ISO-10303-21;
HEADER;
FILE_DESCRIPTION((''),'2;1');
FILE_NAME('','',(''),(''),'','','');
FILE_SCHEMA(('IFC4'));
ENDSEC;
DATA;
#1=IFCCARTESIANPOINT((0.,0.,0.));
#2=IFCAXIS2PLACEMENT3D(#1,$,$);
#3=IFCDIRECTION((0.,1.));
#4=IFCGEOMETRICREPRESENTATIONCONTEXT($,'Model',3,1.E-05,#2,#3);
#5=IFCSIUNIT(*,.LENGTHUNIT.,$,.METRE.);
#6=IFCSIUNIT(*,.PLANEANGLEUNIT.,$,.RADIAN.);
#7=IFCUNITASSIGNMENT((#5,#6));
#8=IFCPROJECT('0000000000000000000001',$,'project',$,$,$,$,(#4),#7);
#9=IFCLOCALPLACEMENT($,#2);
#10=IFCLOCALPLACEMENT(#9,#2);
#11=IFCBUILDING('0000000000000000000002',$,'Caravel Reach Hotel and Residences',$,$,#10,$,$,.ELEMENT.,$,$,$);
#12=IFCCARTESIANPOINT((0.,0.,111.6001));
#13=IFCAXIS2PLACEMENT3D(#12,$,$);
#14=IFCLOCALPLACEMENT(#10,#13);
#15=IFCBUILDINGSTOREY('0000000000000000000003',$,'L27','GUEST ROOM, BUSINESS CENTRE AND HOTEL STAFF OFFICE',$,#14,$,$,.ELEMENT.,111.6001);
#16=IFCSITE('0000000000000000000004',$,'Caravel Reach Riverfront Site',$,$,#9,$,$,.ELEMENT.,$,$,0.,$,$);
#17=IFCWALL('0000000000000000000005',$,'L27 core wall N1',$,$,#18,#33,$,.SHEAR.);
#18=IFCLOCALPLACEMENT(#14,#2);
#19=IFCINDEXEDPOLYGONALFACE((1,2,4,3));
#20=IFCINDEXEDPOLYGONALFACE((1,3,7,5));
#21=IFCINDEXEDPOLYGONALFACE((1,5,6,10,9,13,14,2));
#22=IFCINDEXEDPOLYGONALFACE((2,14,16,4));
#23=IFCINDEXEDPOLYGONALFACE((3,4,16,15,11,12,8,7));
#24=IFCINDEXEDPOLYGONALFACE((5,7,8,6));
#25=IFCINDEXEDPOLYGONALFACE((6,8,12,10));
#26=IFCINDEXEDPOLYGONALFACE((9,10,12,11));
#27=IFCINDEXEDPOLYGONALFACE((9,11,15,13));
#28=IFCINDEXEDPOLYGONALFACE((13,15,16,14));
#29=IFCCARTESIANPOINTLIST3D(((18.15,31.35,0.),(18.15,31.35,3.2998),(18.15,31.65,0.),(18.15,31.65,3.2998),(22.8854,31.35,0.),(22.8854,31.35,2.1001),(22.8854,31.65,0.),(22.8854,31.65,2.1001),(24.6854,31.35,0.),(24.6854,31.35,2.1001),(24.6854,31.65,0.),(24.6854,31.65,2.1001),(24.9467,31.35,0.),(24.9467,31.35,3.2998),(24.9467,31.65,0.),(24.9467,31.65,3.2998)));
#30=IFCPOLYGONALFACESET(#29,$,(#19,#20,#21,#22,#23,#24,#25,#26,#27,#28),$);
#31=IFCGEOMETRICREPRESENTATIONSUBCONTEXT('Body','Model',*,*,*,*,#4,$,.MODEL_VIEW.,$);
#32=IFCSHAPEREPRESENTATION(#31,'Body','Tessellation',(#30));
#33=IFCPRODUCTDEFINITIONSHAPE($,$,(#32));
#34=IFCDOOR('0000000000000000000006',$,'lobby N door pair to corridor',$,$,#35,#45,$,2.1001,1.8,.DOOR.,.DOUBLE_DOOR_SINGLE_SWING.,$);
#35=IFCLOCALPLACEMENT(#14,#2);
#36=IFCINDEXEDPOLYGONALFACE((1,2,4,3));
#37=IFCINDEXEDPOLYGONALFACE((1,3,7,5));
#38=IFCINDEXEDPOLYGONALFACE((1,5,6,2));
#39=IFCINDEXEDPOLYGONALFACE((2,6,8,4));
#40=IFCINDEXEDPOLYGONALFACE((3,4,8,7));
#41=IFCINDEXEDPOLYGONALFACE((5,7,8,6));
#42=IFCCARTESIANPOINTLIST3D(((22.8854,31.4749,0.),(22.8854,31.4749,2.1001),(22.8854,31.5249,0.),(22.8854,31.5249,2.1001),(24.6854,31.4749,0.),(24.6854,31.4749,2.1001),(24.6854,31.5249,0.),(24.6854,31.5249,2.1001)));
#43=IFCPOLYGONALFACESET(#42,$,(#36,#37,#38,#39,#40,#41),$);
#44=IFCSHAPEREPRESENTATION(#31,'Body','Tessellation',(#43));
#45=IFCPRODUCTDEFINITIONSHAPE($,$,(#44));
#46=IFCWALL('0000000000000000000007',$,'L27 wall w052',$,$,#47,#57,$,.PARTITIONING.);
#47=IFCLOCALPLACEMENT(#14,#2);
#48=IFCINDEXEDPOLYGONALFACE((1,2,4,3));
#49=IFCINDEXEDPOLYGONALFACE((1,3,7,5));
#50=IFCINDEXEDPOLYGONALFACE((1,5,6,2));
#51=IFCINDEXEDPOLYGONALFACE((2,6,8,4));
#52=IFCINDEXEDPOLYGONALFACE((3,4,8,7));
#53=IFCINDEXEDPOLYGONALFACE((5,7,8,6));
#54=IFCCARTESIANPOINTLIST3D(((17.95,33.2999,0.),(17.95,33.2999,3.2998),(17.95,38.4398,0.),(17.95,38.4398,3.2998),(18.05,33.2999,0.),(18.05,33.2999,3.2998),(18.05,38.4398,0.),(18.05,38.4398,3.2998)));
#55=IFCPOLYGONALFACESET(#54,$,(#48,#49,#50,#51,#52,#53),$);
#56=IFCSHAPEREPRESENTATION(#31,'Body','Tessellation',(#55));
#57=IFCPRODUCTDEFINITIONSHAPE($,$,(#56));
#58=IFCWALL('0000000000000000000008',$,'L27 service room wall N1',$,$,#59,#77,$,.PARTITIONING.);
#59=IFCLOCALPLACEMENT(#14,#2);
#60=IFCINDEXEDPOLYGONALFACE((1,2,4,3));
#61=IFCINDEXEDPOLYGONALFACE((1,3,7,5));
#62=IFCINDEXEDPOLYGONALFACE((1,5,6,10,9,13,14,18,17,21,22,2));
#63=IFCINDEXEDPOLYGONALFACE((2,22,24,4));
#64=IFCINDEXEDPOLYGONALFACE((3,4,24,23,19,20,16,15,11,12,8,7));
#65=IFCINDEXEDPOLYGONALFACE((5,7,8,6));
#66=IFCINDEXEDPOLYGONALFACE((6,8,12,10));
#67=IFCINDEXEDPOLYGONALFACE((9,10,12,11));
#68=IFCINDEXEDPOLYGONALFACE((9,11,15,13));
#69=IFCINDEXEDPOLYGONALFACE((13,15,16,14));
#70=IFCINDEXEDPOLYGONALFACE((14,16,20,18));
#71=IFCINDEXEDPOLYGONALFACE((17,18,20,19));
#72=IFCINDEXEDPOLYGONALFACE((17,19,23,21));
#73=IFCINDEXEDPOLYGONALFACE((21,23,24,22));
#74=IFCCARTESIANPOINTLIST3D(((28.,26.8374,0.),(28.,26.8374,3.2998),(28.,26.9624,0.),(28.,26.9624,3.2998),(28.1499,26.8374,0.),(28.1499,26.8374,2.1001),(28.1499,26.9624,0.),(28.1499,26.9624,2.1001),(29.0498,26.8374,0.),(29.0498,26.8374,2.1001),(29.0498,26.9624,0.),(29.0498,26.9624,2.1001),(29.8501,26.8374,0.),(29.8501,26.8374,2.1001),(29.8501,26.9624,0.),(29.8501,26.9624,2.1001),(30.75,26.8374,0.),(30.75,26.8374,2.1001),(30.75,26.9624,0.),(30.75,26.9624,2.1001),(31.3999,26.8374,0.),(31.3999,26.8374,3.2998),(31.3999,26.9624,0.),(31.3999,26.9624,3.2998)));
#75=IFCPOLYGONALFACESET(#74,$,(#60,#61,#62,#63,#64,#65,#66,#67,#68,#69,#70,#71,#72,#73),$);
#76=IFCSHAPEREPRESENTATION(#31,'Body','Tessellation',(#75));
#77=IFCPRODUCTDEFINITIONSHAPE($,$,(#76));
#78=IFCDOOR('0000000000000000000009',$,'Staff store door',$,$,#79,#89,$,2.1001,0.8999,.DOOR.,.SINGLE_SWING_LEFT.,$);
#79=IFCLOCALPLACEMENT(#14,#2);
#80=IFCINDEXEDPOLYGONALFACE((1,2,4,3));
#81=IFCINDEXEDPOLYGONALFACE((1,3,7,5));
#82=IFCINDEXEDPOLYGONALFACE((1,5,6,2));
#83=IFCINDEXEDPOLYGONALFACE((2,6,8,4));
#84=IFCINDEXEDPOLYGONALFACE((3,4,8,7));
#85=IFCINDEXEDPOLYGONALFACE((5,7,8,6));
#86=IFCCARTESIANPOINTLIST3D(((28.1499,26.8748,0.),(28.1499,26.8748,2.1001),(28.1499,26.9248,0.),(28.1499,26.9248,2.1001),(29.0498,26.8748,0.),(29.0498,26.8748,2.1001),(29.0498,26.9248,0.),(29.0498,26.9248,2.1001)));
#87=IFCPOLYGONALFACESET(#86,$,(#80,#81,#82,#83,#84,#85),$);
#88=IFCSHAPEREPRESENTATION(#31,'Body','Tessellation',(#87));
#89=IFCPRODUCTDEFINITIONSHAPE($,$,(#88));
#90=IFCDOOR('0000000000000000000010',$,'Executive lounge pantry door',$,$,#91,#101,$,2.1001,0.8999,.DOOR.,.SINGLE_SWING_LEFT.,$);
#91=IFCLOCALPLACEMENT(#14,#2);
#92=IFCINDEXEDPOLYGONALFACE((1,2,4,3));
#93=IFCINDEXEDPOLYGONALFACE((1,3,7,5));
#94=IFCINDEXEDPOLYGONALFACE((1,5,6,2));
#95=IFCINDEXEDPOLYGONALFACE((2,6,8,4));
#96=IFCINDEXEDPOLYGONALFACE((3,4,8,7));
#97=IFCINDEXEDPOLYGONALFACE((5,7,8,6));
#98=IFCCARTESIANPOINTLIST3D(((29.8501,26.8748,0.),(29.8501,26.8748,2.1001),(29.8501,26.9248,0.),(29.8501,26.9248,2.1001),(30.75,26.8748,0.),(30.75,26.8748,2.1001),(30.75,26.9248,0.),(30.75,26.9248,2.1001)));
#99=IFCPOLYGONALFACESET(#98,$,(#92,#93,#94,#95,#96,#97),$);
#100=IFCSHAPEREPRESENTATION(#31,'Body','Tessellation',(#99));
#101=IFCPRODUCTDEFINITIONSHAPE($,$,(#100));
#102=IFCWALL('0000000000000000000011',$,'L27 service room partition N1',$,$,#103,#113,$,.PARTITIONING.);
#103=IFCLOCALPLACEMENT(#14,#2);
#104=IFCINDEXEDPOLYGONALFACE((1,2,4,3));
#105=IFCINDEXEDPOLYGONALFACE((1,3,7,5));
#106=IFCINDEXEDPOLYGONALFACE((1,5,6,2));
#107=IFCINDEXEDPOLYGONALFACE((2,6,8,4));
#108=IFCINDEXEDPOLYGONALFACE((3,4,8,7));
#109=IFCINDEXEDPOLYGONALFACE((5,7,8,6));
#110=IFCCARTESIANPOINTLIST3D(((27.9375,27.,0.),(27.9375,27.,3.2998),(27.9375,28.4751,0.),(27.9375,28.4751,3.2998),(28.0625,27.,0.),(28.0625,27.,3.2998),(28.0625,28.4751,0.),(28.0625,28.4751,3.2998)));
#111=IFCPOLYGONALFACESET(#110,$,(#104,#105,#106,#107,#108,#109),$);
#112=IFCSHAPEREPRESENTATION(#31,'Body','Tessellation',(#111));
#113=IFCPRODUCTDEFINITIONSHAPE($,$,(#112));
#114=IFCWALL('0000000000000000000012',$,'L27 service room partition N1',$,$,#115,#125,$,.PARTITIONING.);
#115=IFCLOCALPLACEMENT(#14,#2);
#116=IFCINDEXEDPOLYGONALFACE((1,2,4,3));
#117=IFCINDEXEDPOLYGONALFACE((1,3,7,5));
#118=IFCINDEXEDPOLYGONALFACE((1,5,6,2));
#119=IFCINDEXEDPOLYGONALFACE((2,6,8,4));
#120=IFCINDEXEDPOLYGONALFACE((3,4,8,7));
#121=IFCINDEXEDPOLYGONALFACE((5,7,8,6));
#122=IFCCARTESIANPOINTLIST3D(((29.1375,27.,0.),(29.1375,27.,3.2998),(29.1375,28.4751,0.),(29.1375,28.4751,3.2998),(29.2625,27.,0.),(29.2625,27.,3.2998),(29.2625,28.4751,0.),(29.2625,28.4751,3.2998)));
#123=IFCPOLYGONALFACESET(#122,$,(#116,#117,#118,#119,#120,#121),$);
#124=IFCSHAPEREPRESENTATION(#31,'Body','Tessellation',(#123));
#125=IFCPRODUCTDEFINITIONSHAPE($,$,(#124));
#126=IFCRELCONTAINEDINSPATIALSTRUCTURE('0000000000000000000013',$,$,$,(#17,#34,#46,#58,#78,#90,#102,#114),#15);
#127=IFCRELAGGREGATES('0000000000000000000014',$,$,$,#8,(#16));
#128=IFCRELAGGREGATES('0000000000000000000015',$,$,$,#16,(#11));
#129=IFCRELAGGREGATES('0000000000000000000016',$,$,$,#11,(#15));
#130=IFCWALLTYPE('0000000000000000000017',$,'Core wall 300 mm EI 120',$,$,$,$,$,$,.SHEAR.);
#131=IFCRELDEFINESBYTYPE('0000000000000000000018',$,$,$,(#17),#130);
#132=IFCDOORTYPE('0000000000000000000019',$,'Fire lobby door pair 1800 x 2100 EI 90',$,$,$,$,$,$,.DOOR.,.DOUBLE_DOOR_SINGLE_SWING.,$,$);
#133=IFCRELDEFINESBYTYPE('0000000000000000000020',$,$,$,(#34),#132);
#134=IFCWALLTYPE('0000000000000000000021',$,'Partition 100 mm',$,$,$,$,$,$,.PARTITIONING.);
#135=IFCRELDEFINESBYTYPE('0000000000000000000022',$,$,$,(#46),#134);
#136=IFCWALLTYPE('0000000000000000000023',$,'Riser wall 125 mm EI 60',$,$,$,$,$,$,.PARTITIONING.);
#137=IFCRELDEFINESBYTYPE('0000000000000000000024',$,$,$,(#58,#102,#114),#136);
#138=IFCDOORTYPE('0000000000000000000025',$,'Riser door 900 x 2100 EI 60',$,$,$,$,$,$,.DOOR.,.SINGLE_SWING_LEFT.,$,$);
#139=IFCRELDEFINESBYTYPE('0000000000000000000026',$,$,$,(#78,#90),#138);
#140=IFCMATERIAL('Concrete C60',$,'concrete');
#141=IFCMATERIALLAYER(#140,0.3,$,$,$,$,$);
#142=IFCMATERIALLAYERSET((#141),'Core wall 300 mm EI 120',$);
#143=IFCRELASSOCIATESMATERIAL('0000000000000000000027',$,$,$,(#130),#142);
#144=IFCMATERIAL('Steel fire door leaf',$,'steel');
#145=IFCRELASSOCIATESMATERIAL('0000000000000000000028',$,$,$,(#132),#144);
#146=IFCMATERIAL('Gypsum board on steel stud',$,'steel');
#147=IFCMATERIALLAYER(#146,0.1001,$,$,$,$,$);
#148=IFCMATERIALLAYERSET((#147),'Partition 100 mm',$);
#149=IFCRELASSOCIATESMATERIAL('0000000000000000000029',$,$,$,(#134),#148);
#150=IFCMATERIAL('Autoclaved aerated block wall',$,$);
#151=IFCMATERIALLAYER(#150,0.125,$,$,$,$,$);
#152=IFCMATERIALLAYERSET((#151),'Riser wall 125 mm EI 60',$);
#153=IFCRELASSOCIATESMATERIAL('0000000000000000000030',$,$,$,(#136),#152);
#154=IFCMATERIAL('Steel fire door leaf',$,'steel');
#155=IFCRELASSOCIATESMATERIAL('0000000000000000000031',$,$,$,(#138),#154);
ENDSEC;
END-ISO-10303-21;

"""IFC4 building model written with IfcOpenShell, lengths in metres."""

from ifc_helpers import new_model, si_unit, direction, frame, frame_2d, origin, place, context, subcontext, project, spatial, rectangle, extrude, material, layer, layer_set, type_object, element, fill, save


model = new_model("IFC4")

# Units and contexts
model_context = context("Model", 3, precision=1e-05, world=origin(), true_north=direction((0.0, 1.0)))
body_context = subcontext(model_context, "Body", "Model", "MODEL_VIEW")
ifc_project = project(units=[si_unit("LENGTHUNIT", "METRE"), si_unit("PLANEANGLEUNIT", "RADIAN")], contexts=[model_context])

# Site, building, storey
site_placement = place(None, origin())
site = spatial("IfcSite", under=ifc_project, at=site_placement, Name="Caravel Reach Riverfront Site", CompositionType="ELEMENT", RefElevation=0.0)
building_placement = place(site_placement, origin())
building = spatial("IfcBuilding", under=site, at=building_placement, Name="Caravel Reach Hotel and Residences", CompositionType="ELEMENT")
storey_placement = place(building_placement, frame((0.0, 0.0, 111.6001)))
storey = spatial("IfcBuildingStorey", under=building, at=storey_placement, Name="L27", Description="GUEST ROOM, BUSINESS CENTRE AND HOTEL STAFF OFFICE", CompositionType="ELEMENT", Elevation=111.6001)

# Wall, opening, door
ifc_material_1 = material(Name="Concrete C60", Category="concrete")
ifc_layer_1 = layer(ifc_material_1, 0.3)
ifc_layer_set_1 = layer_set([ifc_layer_1], Name="Core wall 300 mm EI 120")
wall_type_1 = type_object("IfcWallType", Name="Core wall 300 mm EI 120", PredefinedType="SHEAR", material=ifc_layer_set_1)
wall_1_placement = place(storey_placement, frame((18.1499, 31.5, 0.0), z_axis=(0.0, 0.0, 1.0), x_axis=(1.0, 0.0, 0.0)))
wall_1 = element("IfcWall", 1, at=wall_1_placement, inside=storey, type_object=wall_type_1, Name="L27 core wall N1", PredefinedType="SHEAR", context=body_context, shape_type="SweptSolid", body=[
    extrude(rectangle(XDim=6.7966, YDim=0.3, at=frame_2d((3.3984, 0.0))), origin(), (0.0, 0.0, 1.0), 3.2998),
])
opening_1_placement = place(wall_1_placement, frame((4.7356, 0.0, 0.0)))
opening_1 = element("IfcOpeningElement", 2, at=opening_1_placement, cuts=wall_1, PredefinedType="OPENING", context=body_context, shape_type="SweptSolid", body=[
    extrude(rectangle(XDim=1.8, YDim=2.1001, at=frame_2d((0.8999, 1.05))), frame((0.0, 0.1599, 0.0), z_axis=(0.0, -1.0, 0.0), x_axis=(1.0, 0.0, 0.0)), (0.0, 0.0, 1.0), 0.3201),
])
ifc_material_2 = material(Name="Steel fire door leaf", Category="steel")
door_type_1 = type_object("IfcDoorType", Name="Fire lobby door pair 1800 x 2100 EI 90", OperationType="DOUBLE_DOOR_SINGLE_SWING", PredefinedType="DOOR", material=ifc_material_2)
door_1_placement = place(opening_1_placement, origin())
door_1 = element("IfcDoor", 3, at=door_1_placement, inside=storey, type_object=door_type_1, Name="lobby N door pair to corridor", OperationType="DOUBLE_DOOR_SINGLE_SWING", OverallHeight=2.1001, OverallWidth=1.8, PredefinedType="DOOR", context=body_context, shape_type="SweptSolid", body=[
    extrude(rectangle(XDim=1.8, YDim=2.1001, at=frame_2d((0.8999, 1.05))), frame((0.0, 0.0249, 0.0), z_axis=(0.0, -1.0, 0.0), x_axis=(1.0, 0.0, 0.0)), (0.0, 0.0, 1.0), 0.05),
])
fill(opening_1, door_1)

# Wall
ifc_material_3 = material(Name="Gypsum board on steel stud", Category="steel")
ifc_layer_2 = layer(ifc_material_3, 0.1001)
ifc_layer_set_2 = layer_set([ifc_layer_2], Name="Partition 100 mm")
wall_type_2 = type_object("IfcWallType", Name="Partition 100 mm", PredefinedType="PARTITIONING", material=ifc_layer_set_2)
wall_2_placement = place(storey_placement, frame((18.0, 33.3, 0.0), z_axis=(0.0, 0.0, 1.0), x_axis=(0.0, 1.0, 0.0)))
element("IfcWall", 4, at=wall_2_placement, inside=storey, type_object=wall_type_2, Name="L27 wall w052", PredefinedType="PARTITIONING", context=body_context, shape_type="SweptSolid", body=[
    extrude(rectangle(XDim=5.1399, YDim=0.1001, at=frame_2d((2.5698, 0.0))), origin(), (0.0, 0.0, 1.0), 3.2998),
])

# Wall, openings, doors
ifc_material_4 = material(Name="Autoclaved aerated block wall")
ifc_layer_3 = layer(ifc_material_4, 0.125)
ifc_layer_set_3 = layer_set([ifc_layer_3], Name="Riser wall 125 mm EI 60")
wall_type_3 = type_object("IfcWallType", Name="Riser wall 125 mm EI 60", PredefinedType="PARTITIONING", material=ifc_layer_set_3)
wall_3_placement = place(storey_placement, frame((28.0, 26.8999, 0.0), z_axis=(0.0, 0.0, 1.0), x_axis=(1.0, 0.0, 0.0)))
wall_3 = element("IfcWall", 5, at=wall_3_placement, inside=storey, type_object=wall_type_3, Name="L27 service room wall N1", PredefinedType="PARTITIONING", context=body_context, shape_type="SweptSolid", body=[
    extrude(rectangle(XDim=3.3999, YDim=0.125, at=frame_2d((1.7, 0.0))), origin(), (0.0, 0.0, 1.0), 3.2998),
])
opening_2_placement = place(wall_3_placement, frame((0.1499, 0.0, 0.0)))
opening_2 = element("IfcOpeningElement", 6, at=opening_2_placement, cuts=wall_3, PredefinedType="OPENING", context=body_context, shape_type="SweptSolid", body=[
    extrude(rectangle(XDim=0.8999, YDim=2.1001, at=frame_2d((0.45, 1.05))), frame((0.0, 0.0725, 0.0), z_axis=(0.0, -1.0, 0.0), x_axis=(1.0, 0.0, 0.0)), (0.0, 0.0, 1.0), 0.145),
])
opening_3_placement = place(wall_3_placement, frame((1.8501, 0.0, 0.0)))
opening_3 = element("IfcOpeningElement", 7, at=opening_3_placement, cuts=wall_3, PredefinedType="OPENING", context=body_context, shape_type="SweptSolid", body=[
    extrude(rectangle(XDim=0.8999, YDim=2.1001, at=frame_2d((0.45, 1.05))), frame((0.0, 0.0725, 0.0), z_axis=(0.0, -1.0, 0.0), x_axis=(1.0, 0.0, 0.0)), (0.0, 0.0, 1.0), 0.145),
])
ifc_material_5 = material(Name="Steel fire door leaf", Category="steel")
door_type_2 = type_object("IfcDoorType", Name="Riser door 900 x 2100 EI 60", OperationType="SINGLE_SWING_LEFT", PredefinedType="DOOR", material=ifc_material_5)
door_2_placement = place(opening_2_placement, origin())
door_2 = element("IfcDoor", 8, at=door_2_placement, inside=storey, type_object=door_type_2, Name="Staff store door", OperationType="SINGLE_SWING_LEFT", OverallHeight=2.1001, OverallWidth=0.8999, PredefinedType="DOOR", context=body_context, shape_type="SweptSolid", body=[
    extrude(rectangle(XDim=0.8999, YDim=2.1001, at=frame_2d((0.45, 1.05))), frame((0.0, 0.0249, 0.0), z_axis=(0.0, -1.0, 0.0), x_axis=(1.0, 0.0, 0.0)), (0.0, 0.0, 1.0), 0.05),
])
fill(opening_2, door_2)
door_3_placement = place(opening_3_placement, origin())
door_3 = element("IfcDoor", 9, at=door_3_placement, inside=storey, type_object=door_type_2, Name="Executive lounge pantry door", OperationType="SINGLE_SWING_LEFT", OverallHeight=2.1001, OverallWidth=0.8999, PredefinedType="DOOR", context=body_context, shape_type="SweptSolid", body=[
    extrude(rectangle(XDim=0.8999, YDim=2.1001, at=frame_2d((0.45, 1.05))), frame((0.0, 0.0249, 0.0), z_axis=(0.0, -1.0, 0.0), x_axis=(1.0, 0.0, 0.0)), (0.0, 0.0, 1.0), 0.05),
])
fill(opening_3, door_3)

# Walls
for number, where, z_axis, x_axis, name in (
    (10, (28.0, 28.4751, 0.0), (0.0, 0.0, 1.0), (0.0, -1.0, 0.0), "L27 service room partition N1"),
    (11, (29.2, 28.4751, 0.0), (0.0, 0.0, 1.0), (0.0, -1.0, 0.0), "L27 service room partition N1"),
):
    element("IfcWall", number, at=place(storey_placement, frame(where, z_axis=z_axis, x_axis=x_axis)), inside=storey, type_object=wall_type_3, Name=name, PredefinedType="PARTITIONING", context=body_context, shape_type="SweptSolid", body=[
        extrude(rectangle(XDim=1.4751, YDim=0.125, at=frame_2d((0.7375, 0.0))), origin(), (0.0, 0.0, 1.0), 3.2998),
    ])

save(model, "model.ifc")
